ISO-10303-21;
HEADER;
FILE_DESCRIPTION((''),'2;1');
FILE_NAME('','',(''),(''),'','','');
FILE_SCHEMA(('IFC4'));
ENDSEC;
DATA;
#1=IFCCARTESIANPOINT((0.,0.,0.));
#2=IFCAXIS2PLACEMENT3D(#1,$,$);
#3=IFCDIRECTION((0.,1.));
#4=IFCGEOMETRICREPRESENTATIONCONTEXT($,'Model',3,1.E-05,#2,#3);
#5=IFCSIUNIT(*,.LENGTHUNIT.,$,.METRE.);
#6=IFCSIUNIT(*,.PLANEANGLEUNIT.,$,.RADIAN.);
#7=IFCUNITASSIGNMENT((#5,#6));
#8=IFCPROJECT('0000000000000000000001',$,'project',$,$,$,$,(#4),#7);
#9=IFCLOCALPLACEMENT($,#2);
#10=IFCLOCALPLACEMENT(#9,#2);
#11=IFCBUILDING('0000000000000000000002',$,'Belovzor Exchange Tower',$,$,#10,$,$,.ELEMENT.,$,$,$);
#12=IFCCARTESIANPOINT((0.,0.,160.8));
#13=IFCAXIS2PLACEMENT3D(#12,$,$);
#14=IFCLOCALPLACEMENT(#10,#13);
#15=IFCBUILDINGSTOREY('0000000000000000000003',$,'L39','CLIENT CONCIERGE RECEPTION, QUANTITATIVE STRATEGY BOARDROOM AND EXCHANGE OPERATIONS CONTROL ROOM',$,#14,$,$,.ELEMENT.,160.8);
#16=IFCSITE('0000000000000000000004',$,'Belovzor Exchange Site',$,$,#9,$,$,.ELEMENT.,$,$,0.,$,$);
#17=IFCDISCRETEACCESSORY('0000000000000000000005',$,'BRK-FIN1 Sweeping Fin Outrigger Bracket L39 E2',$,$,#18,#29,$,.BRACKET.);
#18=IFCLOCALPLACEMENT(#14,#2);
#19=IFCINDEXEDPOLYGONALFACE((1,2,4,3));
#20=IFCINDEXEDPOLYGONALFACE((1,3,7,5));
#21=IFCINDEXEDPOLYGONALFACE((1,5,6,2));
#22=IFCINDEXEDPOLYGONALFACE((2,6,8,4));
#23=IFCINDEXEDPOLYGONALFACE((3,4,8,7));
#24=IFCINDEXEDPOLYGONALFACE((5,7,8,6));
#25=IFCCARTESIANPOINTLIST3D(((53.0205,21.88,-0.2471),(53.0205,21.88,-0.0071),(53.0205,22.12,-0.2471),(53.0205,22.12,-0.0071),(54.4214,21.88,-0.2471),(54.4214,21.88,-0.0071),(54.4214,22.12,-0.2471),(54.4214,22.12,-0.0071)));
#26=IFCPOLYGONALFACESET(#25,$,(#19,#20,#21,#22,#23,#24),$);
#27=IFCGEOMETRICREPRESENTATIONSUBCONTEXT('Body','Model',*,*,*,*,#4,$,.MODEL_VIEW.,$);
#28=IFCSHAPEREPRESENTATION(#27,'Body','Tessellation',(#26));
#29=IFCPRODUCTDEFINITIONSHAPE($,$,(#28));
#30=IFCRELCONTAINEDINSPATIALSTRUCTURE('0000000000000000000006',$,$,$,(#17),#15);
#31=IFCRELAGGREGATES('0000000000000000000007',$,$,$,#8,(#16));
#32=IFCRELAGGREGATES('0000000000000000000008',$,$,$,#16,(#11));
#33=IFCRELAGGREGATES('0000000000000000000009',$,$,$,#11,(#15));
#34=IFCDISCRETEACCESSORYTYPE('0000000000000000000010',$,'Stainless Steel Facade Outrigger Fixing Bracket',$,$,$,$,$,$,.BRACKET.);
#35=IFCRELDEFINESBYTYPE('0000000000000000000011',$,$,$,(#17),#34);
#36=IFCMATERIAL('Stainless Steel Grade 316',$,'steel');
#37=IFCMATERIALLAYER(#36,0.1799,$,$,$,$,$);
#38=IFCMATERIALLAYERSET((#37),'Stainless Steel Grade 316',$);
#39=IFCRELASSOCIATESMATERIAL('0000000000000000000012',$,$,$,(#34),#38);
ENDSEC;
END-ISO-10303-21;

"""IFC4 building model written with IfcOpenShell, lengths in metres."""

from ifc_helpers import new_model, si_unit, direction, frame, origin, origin_2d, place, context, subcontext, project, spatial, rectangle, extrude, material, layer, layer_set, type_object, element, save


model = new_model("IFC4")

# Units and contexts
model_context = context("Model", 3, precision=1e-05, world=origin(), true_north=direction((0.0, 1.0)))
body_context = subcontext(model_context, "Body", "Model", "MODEL_VIEW")
ifc_project = project(units=[si_unit("LENGTHUNIT", "METRE"), si_unit("PLANEANGLEUNIT", "RADIAN")], contexts=[model_context])

# Site, building, storey
site_placement = place(None, origin())
site = spatial("IfcSite", under=ifc_project, at=site_placement, Name="Belovzor Exchange Site", CompositionType="ELEMENT", RefElevation=0.0)
building_placement = place(site_placement, origin())
building = spatial("IfcBuilding", under=site, at=building_placement, Name="Belovzor Exchange Tower", CompositionType="ELEMENT")
storey_placement = place(building_placement, frame((0.0, 0.0, 160.8)))
storey = spatial("IfcBuildingStorey", under=building, at=storey_placement, Name="L39", Description="CLIENT CONCIERGE RECEPTION, QUANTITATIVE STRATEGY BOARDROOM AND EXCHANGE OPERATIONS CONTROL ROOM", CompositionType="ELEMENT", Elevation=160.8)

# Discrete accessory
ifc_material_1 = material(Name="Stainless Steel Grade 316", Category="steel")
ifc_layer_1 = layer(ifc_material_1, 0.1799)
ifc_layer_set_1 = layer_set([ifc_layer_1], Name="Stainless Steel Grade 316")
discrete_accessory_type = type_object("IfcDiscreteAccessoryType", Name="Stainless Steel Facade Outrigger Fixing Bracket", PredefinedType="BRACKET", material=ifc_layer_set_1)
discrete_accessory_placement = place(storey_placement, frame((53.7209, 22.0, -0.2471), z_axis=(0.0, 0.0, 1.0), x_axis=(1.0, 0.0, 0.0)))
element("IfcDiscreteAccessory", 1, at=discrete_accessory_placement, inside=storey, type_object=discrete_accessory_type, Name="BRK-FIN1 Sweeping Fin Outrigger Bracket L39 E2", PredefinedType="BRACKET", context=body_context, shape_type="SweptSolid", body=[
    extrude(rectangle(XDim=1.4009, YDim=0.24, at=origin_2d()), origin(), (0.0, 0.0, 1.0), 0.24),
])

save(model, "model.ifc")
